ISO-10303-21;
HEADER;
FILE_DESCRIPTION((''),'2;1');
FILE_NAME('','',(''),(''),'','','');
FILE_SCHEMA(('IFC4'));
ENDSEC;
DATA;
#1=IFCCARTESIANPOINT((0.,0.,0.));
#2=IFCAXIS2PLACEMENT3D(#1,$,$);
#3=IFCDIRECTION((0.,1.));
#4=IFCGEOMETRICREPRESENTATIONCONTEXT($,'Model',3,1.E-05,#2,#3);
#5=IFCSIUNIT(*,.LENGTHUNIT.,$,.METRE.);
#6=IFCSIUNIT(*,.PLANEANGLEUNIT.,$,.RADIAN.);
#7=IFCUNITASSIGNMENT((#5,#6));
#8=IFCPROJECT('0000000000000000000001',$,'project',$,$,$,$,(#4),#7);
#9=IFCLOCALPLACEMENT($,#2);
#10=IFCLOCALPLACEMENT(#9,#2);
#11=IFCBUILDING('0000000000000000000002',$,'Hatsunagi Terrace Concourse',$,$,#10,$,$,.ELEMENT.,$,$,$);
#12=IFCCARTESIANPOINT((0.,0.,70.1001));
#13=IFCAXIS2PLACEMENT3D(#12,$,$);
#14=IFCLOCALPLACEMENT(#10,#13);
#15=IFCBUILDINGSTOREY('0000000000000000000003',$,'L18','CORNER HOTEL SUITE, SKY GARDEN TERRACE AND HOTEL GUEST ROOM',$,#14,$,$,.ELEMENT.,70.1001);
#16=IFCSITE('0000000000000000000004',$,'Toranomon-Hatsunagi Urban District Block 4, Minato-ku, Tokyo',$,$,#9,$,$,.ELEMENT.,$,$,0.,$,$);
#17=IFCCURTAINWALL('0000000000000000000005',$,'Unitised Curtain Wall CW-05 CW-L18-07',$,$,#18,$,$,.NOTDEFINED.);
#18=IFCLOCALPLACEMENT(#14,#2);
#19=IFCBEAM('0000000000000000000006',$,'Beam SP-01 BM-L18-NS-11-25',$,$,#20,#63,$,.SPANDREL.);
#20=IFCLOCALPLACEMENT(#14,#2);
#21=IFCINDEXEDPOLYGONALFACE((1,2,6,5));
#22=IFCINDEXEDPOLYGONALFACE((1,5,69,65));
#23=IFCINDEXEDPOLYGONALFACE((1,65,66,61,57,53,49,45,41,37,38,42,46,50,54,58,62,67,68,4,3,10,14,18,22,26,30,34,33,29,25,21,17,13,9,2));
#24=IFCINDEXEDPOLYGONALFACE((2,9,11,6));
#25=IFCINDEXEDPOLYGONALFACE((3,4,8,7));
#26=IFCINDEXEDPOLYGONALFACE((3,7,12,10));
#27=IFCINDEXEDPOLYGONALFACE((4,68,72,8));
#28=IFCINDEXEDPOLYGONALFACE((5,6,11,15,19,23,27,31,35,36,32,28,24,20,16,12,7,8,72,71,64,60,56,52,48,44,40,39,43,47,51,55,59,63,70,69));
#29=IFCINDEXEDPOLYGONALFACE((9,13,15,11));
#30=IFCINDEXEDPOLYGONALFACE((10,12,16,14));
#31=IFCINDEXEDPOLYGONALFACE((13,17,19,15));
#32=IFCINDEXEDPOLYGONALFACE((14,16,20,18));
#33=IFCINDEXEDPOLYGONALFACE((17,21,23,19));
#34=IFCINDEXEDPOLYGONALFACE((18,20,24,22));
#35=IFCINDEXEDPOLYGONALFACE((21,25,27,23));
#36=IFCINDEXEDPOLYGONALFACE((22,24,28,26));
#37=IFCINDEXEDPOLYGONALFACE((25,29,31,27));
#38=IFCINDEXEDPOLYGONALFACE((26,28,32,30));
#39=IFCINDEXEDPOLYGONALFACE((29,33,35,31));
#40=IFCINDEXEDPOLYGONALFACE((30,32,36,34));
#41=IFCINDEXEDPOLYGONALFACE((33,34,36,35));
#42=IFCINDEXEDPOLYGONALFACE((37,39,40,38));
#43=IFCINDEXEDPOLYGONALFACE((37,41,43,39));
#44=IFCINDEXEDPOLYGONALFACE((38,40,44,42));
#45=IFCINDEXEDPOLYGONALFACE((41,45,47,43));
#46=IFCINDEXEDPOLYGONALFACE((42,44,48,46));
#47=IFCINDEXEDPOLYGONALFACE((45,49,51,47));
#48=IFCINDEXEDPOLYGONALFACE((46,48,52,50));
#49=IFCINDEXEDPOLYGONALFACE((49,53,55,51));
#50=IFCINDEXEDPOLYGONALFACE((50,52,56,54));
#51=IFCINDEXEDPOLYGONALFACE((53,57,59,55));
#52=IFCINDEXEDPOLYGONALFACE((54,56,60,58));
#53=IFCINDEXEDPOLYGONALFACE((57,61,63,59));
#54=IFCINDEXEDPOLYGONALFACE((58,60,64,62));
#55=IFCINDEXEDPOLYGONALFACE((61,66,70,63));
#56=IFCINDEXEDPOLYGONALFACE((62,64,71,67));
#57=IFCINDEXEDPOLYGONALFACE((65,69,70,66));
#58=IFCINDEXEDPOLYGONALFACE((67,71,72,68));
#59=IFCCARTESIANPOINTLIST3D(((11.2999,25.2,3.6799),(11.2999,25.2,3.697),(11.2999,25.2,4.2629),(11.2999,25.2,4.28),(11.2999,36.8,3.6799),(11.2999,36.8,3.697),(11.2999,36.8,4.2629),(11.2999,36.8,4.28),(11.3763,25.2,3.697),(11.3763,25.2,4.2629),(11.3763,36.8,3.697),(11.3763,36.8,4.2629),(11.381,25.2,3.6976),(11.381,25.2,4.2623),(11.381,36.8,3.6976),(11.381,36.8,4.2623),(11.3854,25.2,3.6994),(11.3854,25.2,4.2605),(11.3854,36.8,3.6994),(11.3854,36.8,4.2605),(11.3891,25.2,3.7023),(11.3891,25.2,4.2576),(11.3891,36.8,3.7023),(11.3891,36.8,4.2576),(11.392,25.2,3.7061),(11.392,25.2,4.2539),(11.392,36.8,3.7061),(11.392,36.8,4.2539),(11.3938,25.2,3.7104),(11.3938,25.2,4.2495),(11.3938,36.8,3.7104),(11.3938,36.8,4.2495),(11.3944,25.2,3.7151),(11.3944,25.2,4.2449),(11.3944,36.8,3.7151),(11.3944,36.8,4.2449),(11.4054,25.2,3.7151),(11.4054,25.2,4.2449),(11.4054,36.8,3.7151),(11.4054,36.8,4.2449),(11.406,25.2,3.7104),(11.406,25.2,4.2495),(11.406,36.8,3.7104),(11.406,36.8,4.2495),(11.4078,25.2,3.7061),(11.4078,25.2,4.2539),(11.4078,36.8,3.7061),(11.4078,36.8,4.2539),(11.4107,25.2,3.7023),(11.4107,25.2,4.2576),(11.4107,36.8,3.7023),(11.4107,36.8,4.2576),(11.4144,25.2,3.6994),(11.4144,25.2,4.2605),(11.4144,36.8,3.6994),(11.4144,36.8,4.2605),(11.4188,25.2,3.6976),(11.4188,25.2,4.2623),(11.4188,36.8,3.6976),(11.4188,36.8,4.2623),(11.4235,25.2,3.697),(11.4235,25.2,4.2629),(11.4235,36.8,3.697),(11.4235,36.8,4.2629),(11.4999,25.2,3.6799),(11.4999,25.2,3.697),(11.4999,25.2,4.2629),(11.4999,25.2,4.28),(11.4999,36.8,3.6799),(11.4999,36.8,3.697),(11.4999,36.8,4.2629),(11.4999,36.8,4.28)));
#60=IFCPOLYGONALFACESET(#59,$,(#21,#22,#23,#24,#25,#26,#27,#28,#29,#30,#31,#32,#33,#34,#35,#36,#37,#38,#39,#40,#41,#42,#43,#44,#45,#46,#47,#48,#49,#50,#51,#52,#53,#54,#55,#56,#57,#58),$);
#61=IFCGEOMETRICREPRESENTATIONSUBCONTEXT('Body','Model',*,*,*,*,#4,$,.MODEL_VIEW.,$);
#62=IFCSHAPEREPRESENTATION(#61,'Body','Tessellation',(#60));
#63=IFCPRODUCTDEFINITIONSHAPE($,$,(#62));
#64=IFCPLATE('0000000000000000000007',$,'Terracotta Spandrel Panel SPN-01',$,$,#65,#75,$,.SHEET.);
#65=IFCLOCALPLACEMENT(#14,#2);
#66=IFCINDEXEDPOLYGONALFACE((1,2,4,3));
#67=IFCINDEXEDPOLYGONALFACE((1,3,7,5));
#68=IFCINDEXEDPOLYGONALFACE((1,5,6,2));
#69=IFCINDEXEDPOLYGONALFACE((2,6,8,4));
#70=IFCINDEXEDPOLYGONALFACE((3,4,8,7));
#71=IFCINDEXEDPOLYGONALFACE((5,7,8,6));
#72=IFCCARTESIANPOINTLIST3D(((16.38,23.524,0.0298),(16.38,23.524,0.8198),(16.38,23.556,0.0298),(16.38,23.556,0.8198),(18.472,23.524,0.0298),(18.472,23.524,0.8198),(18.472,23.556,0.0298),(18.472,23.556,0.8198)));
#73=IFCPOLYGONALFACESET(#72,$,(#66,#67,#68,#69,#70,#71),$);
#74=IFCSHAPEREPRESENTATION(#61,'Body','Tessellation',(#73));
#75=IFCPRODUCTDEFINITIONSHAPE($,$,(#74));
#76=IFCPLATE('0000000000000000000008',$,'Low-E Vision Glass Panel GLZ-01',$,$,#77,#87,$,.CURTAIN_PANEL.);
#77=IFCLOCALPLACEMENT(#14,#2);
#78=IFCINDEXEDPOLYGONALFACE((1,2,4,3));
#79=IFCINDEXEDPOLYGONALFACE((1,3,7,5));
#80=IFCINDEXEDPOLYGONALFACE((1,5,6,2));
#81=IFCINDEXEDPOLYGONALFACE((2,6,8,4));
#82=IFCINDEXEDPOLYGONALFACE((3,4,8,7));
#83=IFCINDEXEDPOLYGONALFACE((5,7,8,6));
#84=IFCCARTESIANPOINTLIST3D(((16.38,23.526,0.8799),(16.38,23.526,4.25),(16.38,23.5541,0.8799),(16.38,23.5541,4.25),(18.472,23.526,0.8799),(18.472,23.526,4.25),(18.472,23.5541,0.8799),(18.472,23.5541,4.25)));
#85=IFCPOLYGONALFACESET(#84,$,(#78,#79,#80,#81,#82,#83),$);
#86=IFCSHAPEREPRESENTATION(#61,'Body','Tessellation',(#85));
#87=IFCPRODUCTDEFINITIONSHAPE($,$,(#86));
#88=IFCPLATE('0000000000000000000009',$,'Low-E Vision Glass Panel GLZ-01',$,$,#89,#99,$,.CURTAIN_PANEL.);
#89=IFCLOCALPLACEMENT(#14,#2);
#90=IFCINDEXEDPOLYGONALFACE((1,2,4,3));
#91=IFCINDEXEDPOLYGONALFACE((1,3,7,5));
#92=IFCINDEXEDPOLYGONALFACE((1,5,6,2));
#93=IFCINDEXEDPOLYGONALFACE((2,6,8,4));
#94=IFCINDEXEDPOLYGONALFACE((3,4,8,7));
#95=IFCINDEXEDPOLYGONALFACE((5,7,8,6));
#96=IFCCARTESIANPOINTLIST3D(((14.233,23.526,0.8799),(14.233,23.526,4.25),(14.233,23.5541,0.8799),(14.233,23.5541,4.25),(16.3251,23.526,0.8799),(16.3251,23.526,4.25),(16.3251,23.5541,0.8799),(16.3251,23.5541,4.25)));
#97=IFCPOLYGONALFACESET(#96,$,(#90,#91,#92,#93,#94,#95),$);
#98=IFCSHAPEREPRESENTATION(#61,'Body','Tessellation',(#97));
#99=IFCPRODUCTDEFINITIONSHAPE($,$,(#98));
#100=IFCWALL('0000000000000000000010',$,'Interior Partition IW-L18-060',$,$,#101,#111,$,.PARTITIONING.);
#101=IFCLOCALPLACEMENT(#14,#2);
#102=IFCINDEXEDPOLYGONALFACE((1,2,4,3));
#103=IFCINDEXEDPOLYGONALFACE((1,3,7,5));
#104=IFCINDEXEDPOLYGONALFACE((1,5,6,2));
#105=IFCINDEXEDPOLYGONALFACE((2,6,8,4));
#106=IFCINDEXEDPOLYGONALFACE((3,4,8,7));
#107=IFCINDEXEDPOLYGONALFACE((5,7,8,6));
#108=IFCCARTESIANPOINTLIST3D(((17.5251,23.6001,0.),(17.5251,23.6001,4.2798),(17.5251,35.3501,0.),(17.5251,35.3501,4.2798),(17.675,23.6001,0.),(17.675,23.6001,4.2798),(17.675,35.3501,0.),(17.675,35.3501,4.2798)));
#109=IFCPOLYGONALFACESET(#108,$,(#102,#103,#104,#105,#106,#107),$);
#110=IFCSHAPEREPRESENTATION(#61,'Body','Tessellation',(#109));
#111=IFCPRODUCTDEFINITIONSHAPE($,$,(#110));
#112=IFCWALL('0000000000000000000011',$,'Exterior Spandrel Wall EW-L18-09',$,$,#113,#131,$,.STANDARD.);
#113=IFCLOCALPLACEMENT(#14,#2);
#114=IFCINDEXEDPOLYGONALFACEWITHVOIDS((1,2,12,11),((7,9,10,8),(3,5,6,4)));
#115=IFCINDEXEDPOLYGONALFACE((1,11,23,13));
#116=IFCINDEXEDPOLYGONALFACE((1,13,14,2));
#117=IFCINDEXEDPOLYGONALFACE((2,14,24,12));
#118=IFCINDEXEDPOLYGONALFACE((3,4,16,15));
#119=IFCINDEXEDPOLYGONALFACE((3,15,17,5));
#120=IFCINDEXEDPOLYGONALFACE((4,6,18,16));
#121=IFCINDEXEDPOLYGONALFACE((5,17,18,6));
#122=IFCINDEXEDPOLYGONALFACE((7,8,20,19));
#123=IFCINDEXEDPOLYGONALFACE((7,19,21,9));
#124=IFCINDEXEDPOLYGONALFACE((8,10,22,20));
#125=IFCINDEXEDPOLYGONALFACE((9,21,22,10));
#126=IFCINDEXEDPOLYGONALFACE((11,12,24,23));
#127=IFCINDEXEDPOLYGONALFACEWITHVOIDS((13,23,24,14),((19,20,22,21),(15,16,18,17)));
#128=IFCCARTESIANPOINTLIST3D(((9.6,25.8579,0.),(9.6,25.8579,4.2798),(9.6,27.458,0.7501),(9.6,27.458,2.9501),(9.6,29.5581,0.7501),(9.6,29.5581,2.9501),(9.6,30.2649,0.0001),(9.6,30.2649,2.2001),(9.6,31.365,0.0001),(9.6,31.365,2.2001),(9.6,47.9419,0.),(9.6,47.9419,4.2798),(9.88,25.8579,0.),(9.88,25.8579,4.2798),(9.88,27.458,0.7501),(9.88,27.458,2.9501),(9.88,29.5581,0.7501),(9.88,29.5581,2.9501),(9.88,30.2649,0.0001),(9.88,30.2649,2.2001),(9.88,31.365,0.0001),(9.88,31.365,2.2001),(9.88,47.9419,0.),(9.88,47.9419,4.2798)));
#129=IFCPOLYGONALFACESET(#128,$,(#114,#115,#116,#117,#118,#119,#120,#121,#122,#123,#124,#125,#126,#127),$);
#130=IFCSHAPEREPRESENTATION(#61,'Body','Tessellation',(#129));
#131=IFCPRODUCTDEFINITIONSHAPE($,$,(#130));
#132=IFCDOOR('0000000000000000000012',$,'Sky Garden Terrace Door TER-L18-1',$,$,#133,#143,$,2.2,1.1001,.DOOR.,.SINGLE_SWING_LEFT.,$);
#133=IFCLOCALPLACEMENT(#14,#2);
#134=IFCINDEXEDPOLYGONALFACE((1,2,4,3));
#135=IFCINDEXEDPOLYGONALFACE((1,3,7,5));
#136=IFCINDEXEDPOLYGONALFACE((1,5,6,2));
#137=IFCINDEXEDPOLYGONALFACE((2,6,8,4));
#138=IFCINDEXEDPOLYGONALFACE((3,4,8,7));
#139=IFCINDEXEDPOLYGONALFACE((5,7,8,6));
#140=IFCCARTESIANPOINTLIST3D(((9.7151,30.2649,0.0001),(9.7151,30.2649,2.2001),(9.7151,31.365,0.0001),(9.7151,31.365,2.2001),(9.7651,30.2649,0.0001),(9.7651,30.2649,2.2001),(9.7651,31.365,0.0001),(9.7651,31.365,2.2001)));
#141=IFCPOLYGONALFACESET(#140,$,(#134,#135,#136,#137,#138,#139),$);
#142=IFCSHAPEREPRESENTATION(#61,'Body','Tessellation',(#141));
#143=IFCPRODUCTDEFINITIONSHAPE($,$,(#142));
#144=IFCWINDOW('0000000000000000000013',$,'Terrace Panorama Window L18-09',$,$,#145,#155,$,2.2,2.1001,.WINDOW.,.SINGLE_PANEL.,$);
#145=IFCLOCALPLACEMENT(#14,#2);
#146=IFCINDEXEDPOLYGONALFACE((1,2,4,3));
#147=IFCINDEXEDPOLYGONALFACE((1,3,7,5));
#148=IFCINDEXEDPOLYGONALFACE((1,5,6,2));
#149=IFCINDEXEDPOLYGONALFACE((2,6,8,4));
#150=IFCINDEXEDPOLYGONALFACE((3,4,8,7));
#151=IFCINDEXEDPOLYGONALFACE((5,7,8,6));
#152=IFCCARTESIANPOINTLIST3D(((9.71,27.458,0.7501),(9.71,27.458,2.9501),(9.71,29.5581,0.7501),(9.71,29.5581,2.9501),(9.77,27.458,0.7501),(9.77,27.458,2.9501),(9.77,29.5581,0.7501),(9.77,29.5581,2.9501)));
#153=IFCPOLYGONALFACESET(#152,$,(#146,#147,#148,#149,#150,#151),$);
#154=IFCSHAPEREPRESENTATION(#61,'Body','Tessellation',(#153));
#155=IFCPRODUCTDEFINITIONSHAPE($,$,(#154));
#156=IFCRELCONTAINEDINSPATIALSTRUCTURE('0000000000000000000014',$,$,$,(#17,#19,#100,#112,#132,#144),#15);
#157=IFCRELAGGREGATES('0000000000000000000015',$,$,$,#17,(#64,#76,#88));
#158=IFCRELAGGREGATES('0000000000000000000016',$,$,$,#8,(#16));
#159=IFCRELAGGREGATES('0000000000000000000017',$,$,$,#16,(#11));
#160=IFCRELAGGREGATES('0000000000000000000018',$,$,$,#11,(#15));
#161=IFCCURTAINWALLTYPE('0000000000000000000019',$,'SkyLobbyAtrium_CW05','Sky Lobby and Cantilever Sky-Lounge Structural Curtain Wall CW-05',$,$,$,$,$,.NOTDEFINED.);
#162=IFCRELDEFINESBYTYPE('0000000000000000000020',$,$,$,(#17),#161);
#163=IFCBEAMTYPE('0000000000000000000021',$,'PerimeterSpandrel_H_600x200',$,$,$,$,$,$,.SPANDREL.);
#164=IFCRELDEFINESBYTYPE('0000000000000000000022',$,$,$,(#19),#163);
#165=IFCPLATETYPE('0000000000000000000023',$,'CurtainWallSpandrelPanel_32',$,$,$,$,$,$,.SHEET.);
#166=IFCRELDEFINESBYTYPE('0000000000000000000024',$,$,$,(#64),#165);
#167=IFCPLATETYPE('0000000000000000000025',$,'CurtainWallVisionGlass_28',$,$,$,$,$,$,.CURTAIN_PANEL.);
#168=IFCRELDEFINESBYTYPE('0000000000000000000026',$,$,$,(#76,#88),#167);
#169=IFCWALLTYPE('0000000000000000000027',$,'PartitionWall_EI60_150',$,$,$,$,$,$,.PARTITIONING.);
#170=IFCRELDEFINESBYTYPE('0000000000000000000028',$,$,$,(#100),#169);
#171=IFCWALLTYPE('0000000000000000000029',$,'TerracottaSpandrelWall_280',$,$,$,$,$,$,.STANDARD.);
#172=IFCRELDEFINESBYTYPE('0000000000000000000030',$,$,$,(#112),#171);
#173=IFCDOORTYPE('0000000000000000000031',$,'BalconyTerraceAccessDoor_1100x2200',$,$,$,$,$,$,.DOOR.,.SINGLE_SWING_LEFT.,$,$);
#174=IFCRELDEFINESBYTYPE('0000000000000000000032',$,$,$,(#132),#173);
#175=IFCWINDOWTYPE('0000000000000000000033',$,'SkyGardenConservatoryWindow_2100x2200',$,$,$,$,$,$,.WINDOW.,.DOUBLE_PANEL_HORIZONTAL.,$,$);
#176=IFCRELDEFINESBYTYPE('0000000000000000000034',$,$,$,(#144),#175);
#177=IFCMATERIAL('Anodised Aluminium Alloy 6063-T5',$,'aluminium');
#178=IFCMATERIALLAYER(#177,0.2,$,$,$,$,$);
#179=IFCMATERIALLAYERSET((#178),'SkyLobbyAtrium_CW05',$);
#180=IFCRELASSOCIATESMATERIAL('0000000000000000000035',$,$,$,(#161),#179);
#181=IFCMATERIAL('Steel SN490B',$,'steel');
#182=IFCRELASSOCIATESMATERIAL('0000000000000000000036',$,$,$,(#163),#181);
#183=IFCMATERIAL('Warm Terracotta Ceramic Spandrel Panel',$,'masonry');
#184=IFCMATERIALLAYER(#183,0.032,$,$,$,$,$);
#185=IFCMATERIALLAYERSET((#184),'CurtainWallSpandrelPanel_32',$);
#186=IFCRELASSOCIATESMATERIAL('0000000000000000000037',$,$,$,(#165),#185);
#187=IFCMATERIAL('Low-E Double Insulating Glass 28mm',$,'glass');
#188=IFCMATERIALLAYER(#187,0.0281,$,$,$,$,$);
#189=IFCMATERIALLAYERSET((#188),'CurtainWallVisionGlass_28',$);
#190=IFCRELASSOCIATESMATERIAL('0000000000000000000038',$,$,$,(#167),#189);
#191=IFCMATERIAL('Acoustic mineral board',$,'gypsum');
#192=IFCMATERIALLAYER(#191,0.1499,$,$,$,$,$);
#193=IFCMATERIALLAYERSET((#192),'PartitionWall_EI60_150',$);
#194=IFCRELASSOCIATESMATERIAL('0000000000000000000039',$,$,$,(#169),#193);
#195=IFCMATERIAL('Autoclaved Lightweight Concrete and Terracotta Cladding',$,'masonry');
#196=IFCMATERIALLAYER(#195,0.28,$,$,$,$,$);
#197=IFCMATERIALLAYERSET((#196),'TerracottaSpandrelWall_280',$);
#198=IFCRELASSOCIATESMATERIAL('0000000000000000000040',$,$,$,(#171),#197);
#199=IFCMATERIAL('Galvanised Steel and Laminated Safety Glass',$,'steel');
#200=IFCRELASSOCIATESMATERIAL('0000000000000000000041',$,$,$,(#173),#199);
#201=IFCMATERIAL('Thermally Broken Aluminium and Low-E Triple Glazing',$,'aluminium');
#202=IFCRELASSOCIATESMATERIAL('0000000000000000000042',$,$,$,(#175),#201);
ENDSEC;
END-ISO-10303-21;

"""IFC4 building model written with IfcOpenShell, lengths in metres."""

from ifc_helpers import new_model, si_unit, direction, frame, frame_2d, origin, origin_2d, place, context, subcontext, project, spatial, rectangle, i_section, extrude, material, layer, layer_set, material_profile, profile_set, type_object, element, fill, aggregate, save


model = new_model("IFC4")

# Units and contexts
model_context = context("Model", 3, precision=1e-05, world=origin(), true_north=direction((0.0, 1.0)))
body_context = subcontext(model_context, "Body", "Model", "MODEL_VIEW")
ifc_project = project(units=[si_unit("LENGTHUNIT", "METRE"), si_unit("PLANEANGLEUNIT", "RADIAN")], contexts=[model_context])

# Site, building, storey
site_placement = place(None, origin())
site = spatial("IfcSite", under=ifc_project, at=site_placement, Name="Toranomon-Hatsunagi Urban District Block 4, Minato-ku, Tokyo", CompositionType="ELEMENT", RefElevation=0.0)
building_placement = place(site_placement, origin())
building = spatial("IfcBuilding", under=site, at=building_placement, Name="Hatsunagi Terrace Concourse", CompositionType="ELEMENT")
storey_placement = place(building_placement, frame((0.0, 0.0, 70.1001)))
storey = spatial("IfcBuildingStorey", under=building, at=storey_placement, Name="L18", Description="CORNER HOTEL SUITE, SKY GARDEN TERRACE AND HOTEL GUEST ROOM", CompositionType="ELEMENT", Elevation=70.1001)

# Shared definitions
ifc_material_1 = material(Name="Anodised Aluminium Alloy 6063-T5", Category="aluminium")
ifc_layer_1 = layer(ifc_material_1, 0.2)
ifc_layer_set_1 = layer_set([ifc_layer_1], Name="SkyLobbyAtrium_CW05")
curtain_wall_type = type_object("IfcCurtainWallType", Name="SkyLobbyAtrium_CW05", Description="Sky Lobby and Cantilever Sky-Lounge Structural Curtain Wall CW-05", PredefinedType="NOTDEFINED", material=ifc_layer_set_1)

# Curtain wall
curtain_wall_1_placement = place(storey_placement, origin())
curtain_wall_1 = element("IfcCurtainWall", 1, at=curtain_wall_1_placement, inside=storey, type_object=curtain_wall_type, Name="Unitised Curtain Wall CW-05 CW-L18-07", PredefinedType="NOTDEFINED")

# Beam
ifc_material_2 = material(Name="Steel SN490B", Category="steel")
ifc_material_profile_1 = material_profile(ifc_material_2, i_section(OverallWidth=0.2, OverallDepth=0.6001, WebThickness=0.011, FlangeThickness=0.0171, FilletRadius=0.0181, at=origin_2d()), Name="H-600x200x11x17")
ifc_profile_set_1 = profile_set([ifc_material_profile_1], Name="Steel SN490B")
beam_type_1 = type_object("IfcBeamType", Name="PerimeterSpandrel_H_600x200", PredefinedType="SPANDREL", material=ifc_profile_set_1)
beam_1_placement = place(storey_placement, frame((11.3999, 25.2, 3.98), z_axis=(0.0, 1.0, 0.0), x_axis=(-1.0, 0.0, 0.0)))
element("IfcBeam", 2, at=beam_1_placement, inside=storey, type_object=beam_type_1, Name="Beam SP-01 BM-L18-NS-11-25", PredefinedType="SPANDREL", context=body_context, shape_type="SweptSolid", body=[
    extrude(i_section(OverallWidth=0.2, OverallDepth=0.6001, WebThickness=0.011, FlangeThickness=0.0171, FilletRadius=0.0181, at=origin_2d()), origin(), (0.0, 0.0, 1.0), 11.6001),
])

# Plates
ifc_material_3 = material(Name="Warm Terracotta Ceramic Spandrel Panel", Category="masonry")
ifc_layer_2 = layer(ifc_material_3, 0.032)
ifc_layer_set_2 = layer_set([ifc_layer_2], Name="CurtainWallSpandrelPanel_32")
plate_type_1 = type_object("IfcPlateType", Name="CurtainWallSpandrelPanel_32", PredefinedType="SHEET", material=ifc_layer_set_2)
plate_1_placement = place(storey_placement, frame((17.426, 23.54, 0.0298), z_axis=(0.0, 0.0, 1.0), x_axis=(-1.0, 0.0, 0.0)))
plate_1 = element("IfcPlate", 3, at=plate_1_placement, type_object=plate_type_1, Name="Terracotta Spandrel Panel SPN-01", PredefinedType="SHEET", context=body_context, shape_type="SweptSolid", body=[
    extrude(rectangle(XDim=2.092, YDim=0.032, at=origin_2d()), origin(), (0.0, 0.0, 1.0), 0.79),
])
ifc_material_4 = material(Name="Low-E Double Insulating Glass 28mm", Category="glass")
ifc_layer_3 = layer(ifc_material_4, 0.0281)
ifc_layer_set_3 = layer_set([ifc_layer_3], Name="CurtainWallVisionGlass_28")
plate_type_2 = type_object("IfcPlateType", Name="CurtainWallVisionGlass_28", PredefinedType="CURTAIN_PANEL", material=ifc_layer_set_3)
plate_2_placement = place(storey_placement, frame((17.426, 23.54, 0.8799), z_axis=(0.0, 0.0, 1.0), x_axis=(-1.0, 0.0, 0.0)))
plate_2 = element("IfcPlate", 4, at=plate_2_placement, type_object=plate_type_2, Name="Low-E Vision Glass Panel GLZ-01", PredefinedType="CURTAIN_PANEL", context=body_context, shape_type="SweptSolid", body=[
    extrude(rectangle(XDim=2.092, YDim=0.0281, at=origin_2d()), origin(), (0.0, 0.0, 1.0), 3.3701),
])
plate_3_placement = place(storey_placement, frame((15.2791, 23.54, 0.8799), z_axis=(0.0, 0.0, 1.0), x_axis=(-1.0, 0.0, 0.0)))
plate_3 = element("IfcPlate", 5, at=plate_3_placement, type_object=plate_type_2, Name="Low-E Vision Glass Panel GLZ-01", PredefinedType="CURTAIN_PANEL", context=body_context, shape_type="SweptSolid", body=[
    extrude(rectangle(XDim=2.092, YDim=0.0281, at=origin_2d()), origin(), (0.0, 0.0, 1.0), 3.3701),
])
aggregate(curtain_wall_1, [plate_1, plate_2, plate_3])

# Wall
ifc_material_5 = material(Name="Acoustic mineral board", Category="gypsum")
ifc_layer_4 = layer(ifc_material_5, 0.1499)
ifc_layer_set_4 = layer_set([ifc_layer_4], Name="PartitionWall_EI60_150")
wall_type_1 = type_object("IfcWallType", Name="PartitionWall_EI60_150", PredefinedType="PARTITIONING", material=ifc_layer_set_4)
wall_1_placement = place(storey_placement, frame((17.6001, 23.6001, 0.0), z_axis=(0.0, 0.0, 1.0), x_axis=(0.0, 1.0, 0.0)))
element("IfcWall", 6, at=wall_1_placement, inside=storey, type_object=wall_type_1, Name="Interior Partition IW-L18-060", PredefinedType="PARTITIONING", context=body_context, shape_type="SweptSolid", body=[
    extrude(rectangle(XDim=11.75, YDim=0.1499, at=frame_2d((5.875, 0.0))), origin(), (0.0, 0.0, 1.0), 4.2798),
])

# Wall, openings, door, window
ifc_material_6 = material(Name="Autoclaved Lightweight Concrete and Terracotta Cladding", Category="masonry")
ifc_layer_5 = layer(ifc_material_6, 0.28)
ifc_layer_set_5 = layer_set([ifc_layer_5], Name="TerracottaSpandrelWall_280")
wall_type_2 = type_object("IfcWallType", Name="TerracottaSpandrelWall_280", PredefinedType="STANDARD", material=ifc_layer_set_5)
wall_2_placement = place(storey_placement, frame((9.74, 25.8579, 0.0), z_axis=(0.0, 0.0, 1.0), x_axis=(0.0, 1.0, 0.0)))
wall_2 = element("IfcWall", 7, at=wall_2_placement, inside=storey, type_object=wall_type_2, Name="Exterior Spandrel Wall EW-L18-09", PredefinedType="STANDARD", context=body_context, shape_type="SweptSolid", body=[
    extrude(rectangle(XDim=22.084, YDim=0.28, at=frame_2d((11.042, 0.0))), origin(), (0.0, 0.0, 1.0), 4.2798),
])
opening_1_placement = place(wall_2_placement, frame((4.407, 0.0, 0.0)))
opening_1 = element("IfcOpeningElement", 8, at=opening_1_placement, cuts=wall_2, PredefinedType="OPENING", context=body_context, shape_type="SweptSolid", body=[
    extrude(rectangle(XDim=1.1001, YDim=2.2, at=frame_2d((0.55, 1.1001))), frame((0.0, 0.1499, 0.0), z_axis=(0.0, -1.0, 0.0), x_axis=(1.0, 0.0, 0.0)), (0.0, 0.0, 1.0), 0.3),
])
opening_2_placement = place(wall_2_placement, frame((1.6001, 0.0, 0.75)))
opening_2 = element("IfcOpeningElement", 9, at=opening_2_placement, cuts=wall_2, PredefinedType="OPENING", context=body_context, shape_type="SweptSolid", body=[
    extrude(rectangle(XDim=2.1001, YDim=2.2, at=frame_2d((1.05, 1.1001))), frame((0.0, 0.1499, 0.0), z_axis=(0.0, -1.0, 0.0), x_axis=(1.0, 0.0, 0.0)), (0.0, 0.0, 1.0), 0.3),
])
ifc_material_7 = material(Name="Galvanised Steel and Laminated Safety Glass", Category="steel")
door_type = type_object("IfcDoorType", Name="BalconyTerraceAccessDoor_1100x2200", OperationType="SINGLE_SWING_LEFT", PredefinedType="DOOR", material=ifc_material_7)
door_placement = place(opening_1_placement, origin())
door = element("IfcDoor", 10, at=door_placement, inside=storey, type_object=door_type, Name="Sky Garden Terrace Door TER-L18-1", OperationType="SINGLE_SWING_LEFT", OverallHeight=2.2, OverallWidth=1.1001, PredefinedType="DOOR", context=body_context, shape_type="SweptSolid", body=[
    extrude(rectangle(XDim=1.1001, YDim=2.2, at=frame_2d((0.55, 1.1001))), frame((0.0, 0.0249, 0.0), z_axis=(0.0, -1.0, 0.0), x_axis=(1.0, 0.0, 0.0)), (0.0, 0.0, 1.0), 0.05),
])
fill(opening_1, door)
ifc_material_8 = material(Name="Thermally Broken Aluminium and Low-E Triple Glazing", Category="aluminium")
window_type = type_object("IfcWindowType", Name="SkyGardenConservatoryWindow_2100x2200", PartitioningType="DOUBLE_PANEL_HORIZONTAL", PredefinedType="WINDOW", material=ifc_material_8)
window_placement = place(opening_2_placement, origin())
window = element("IfcWindow", 11, at=window_placement, inside=storey, type_object=window_type, Name="Terrace Panorama Window L18-09", OverallHeight=2.2, OverallWidth=2.1001, PartitioningType="SINGLE_PANEL", PredefinedType="WINDOW", context=body_context, shape_type="SweptSolid", body=[
    extrude(rectangle(XDim=2.1001, YDim=2.2, at=frame_2d((1.05, 1.1001))), frame((0.0, 0.03, 0.0), z_axis=(0.0, -1.0, 0.0), x_axis=(1.0, 0.0, 0.0)), (0.0, 0.0, 1.0), 0.0601),
])
fill(opening_2, window)

save(model, "model.ifc")
